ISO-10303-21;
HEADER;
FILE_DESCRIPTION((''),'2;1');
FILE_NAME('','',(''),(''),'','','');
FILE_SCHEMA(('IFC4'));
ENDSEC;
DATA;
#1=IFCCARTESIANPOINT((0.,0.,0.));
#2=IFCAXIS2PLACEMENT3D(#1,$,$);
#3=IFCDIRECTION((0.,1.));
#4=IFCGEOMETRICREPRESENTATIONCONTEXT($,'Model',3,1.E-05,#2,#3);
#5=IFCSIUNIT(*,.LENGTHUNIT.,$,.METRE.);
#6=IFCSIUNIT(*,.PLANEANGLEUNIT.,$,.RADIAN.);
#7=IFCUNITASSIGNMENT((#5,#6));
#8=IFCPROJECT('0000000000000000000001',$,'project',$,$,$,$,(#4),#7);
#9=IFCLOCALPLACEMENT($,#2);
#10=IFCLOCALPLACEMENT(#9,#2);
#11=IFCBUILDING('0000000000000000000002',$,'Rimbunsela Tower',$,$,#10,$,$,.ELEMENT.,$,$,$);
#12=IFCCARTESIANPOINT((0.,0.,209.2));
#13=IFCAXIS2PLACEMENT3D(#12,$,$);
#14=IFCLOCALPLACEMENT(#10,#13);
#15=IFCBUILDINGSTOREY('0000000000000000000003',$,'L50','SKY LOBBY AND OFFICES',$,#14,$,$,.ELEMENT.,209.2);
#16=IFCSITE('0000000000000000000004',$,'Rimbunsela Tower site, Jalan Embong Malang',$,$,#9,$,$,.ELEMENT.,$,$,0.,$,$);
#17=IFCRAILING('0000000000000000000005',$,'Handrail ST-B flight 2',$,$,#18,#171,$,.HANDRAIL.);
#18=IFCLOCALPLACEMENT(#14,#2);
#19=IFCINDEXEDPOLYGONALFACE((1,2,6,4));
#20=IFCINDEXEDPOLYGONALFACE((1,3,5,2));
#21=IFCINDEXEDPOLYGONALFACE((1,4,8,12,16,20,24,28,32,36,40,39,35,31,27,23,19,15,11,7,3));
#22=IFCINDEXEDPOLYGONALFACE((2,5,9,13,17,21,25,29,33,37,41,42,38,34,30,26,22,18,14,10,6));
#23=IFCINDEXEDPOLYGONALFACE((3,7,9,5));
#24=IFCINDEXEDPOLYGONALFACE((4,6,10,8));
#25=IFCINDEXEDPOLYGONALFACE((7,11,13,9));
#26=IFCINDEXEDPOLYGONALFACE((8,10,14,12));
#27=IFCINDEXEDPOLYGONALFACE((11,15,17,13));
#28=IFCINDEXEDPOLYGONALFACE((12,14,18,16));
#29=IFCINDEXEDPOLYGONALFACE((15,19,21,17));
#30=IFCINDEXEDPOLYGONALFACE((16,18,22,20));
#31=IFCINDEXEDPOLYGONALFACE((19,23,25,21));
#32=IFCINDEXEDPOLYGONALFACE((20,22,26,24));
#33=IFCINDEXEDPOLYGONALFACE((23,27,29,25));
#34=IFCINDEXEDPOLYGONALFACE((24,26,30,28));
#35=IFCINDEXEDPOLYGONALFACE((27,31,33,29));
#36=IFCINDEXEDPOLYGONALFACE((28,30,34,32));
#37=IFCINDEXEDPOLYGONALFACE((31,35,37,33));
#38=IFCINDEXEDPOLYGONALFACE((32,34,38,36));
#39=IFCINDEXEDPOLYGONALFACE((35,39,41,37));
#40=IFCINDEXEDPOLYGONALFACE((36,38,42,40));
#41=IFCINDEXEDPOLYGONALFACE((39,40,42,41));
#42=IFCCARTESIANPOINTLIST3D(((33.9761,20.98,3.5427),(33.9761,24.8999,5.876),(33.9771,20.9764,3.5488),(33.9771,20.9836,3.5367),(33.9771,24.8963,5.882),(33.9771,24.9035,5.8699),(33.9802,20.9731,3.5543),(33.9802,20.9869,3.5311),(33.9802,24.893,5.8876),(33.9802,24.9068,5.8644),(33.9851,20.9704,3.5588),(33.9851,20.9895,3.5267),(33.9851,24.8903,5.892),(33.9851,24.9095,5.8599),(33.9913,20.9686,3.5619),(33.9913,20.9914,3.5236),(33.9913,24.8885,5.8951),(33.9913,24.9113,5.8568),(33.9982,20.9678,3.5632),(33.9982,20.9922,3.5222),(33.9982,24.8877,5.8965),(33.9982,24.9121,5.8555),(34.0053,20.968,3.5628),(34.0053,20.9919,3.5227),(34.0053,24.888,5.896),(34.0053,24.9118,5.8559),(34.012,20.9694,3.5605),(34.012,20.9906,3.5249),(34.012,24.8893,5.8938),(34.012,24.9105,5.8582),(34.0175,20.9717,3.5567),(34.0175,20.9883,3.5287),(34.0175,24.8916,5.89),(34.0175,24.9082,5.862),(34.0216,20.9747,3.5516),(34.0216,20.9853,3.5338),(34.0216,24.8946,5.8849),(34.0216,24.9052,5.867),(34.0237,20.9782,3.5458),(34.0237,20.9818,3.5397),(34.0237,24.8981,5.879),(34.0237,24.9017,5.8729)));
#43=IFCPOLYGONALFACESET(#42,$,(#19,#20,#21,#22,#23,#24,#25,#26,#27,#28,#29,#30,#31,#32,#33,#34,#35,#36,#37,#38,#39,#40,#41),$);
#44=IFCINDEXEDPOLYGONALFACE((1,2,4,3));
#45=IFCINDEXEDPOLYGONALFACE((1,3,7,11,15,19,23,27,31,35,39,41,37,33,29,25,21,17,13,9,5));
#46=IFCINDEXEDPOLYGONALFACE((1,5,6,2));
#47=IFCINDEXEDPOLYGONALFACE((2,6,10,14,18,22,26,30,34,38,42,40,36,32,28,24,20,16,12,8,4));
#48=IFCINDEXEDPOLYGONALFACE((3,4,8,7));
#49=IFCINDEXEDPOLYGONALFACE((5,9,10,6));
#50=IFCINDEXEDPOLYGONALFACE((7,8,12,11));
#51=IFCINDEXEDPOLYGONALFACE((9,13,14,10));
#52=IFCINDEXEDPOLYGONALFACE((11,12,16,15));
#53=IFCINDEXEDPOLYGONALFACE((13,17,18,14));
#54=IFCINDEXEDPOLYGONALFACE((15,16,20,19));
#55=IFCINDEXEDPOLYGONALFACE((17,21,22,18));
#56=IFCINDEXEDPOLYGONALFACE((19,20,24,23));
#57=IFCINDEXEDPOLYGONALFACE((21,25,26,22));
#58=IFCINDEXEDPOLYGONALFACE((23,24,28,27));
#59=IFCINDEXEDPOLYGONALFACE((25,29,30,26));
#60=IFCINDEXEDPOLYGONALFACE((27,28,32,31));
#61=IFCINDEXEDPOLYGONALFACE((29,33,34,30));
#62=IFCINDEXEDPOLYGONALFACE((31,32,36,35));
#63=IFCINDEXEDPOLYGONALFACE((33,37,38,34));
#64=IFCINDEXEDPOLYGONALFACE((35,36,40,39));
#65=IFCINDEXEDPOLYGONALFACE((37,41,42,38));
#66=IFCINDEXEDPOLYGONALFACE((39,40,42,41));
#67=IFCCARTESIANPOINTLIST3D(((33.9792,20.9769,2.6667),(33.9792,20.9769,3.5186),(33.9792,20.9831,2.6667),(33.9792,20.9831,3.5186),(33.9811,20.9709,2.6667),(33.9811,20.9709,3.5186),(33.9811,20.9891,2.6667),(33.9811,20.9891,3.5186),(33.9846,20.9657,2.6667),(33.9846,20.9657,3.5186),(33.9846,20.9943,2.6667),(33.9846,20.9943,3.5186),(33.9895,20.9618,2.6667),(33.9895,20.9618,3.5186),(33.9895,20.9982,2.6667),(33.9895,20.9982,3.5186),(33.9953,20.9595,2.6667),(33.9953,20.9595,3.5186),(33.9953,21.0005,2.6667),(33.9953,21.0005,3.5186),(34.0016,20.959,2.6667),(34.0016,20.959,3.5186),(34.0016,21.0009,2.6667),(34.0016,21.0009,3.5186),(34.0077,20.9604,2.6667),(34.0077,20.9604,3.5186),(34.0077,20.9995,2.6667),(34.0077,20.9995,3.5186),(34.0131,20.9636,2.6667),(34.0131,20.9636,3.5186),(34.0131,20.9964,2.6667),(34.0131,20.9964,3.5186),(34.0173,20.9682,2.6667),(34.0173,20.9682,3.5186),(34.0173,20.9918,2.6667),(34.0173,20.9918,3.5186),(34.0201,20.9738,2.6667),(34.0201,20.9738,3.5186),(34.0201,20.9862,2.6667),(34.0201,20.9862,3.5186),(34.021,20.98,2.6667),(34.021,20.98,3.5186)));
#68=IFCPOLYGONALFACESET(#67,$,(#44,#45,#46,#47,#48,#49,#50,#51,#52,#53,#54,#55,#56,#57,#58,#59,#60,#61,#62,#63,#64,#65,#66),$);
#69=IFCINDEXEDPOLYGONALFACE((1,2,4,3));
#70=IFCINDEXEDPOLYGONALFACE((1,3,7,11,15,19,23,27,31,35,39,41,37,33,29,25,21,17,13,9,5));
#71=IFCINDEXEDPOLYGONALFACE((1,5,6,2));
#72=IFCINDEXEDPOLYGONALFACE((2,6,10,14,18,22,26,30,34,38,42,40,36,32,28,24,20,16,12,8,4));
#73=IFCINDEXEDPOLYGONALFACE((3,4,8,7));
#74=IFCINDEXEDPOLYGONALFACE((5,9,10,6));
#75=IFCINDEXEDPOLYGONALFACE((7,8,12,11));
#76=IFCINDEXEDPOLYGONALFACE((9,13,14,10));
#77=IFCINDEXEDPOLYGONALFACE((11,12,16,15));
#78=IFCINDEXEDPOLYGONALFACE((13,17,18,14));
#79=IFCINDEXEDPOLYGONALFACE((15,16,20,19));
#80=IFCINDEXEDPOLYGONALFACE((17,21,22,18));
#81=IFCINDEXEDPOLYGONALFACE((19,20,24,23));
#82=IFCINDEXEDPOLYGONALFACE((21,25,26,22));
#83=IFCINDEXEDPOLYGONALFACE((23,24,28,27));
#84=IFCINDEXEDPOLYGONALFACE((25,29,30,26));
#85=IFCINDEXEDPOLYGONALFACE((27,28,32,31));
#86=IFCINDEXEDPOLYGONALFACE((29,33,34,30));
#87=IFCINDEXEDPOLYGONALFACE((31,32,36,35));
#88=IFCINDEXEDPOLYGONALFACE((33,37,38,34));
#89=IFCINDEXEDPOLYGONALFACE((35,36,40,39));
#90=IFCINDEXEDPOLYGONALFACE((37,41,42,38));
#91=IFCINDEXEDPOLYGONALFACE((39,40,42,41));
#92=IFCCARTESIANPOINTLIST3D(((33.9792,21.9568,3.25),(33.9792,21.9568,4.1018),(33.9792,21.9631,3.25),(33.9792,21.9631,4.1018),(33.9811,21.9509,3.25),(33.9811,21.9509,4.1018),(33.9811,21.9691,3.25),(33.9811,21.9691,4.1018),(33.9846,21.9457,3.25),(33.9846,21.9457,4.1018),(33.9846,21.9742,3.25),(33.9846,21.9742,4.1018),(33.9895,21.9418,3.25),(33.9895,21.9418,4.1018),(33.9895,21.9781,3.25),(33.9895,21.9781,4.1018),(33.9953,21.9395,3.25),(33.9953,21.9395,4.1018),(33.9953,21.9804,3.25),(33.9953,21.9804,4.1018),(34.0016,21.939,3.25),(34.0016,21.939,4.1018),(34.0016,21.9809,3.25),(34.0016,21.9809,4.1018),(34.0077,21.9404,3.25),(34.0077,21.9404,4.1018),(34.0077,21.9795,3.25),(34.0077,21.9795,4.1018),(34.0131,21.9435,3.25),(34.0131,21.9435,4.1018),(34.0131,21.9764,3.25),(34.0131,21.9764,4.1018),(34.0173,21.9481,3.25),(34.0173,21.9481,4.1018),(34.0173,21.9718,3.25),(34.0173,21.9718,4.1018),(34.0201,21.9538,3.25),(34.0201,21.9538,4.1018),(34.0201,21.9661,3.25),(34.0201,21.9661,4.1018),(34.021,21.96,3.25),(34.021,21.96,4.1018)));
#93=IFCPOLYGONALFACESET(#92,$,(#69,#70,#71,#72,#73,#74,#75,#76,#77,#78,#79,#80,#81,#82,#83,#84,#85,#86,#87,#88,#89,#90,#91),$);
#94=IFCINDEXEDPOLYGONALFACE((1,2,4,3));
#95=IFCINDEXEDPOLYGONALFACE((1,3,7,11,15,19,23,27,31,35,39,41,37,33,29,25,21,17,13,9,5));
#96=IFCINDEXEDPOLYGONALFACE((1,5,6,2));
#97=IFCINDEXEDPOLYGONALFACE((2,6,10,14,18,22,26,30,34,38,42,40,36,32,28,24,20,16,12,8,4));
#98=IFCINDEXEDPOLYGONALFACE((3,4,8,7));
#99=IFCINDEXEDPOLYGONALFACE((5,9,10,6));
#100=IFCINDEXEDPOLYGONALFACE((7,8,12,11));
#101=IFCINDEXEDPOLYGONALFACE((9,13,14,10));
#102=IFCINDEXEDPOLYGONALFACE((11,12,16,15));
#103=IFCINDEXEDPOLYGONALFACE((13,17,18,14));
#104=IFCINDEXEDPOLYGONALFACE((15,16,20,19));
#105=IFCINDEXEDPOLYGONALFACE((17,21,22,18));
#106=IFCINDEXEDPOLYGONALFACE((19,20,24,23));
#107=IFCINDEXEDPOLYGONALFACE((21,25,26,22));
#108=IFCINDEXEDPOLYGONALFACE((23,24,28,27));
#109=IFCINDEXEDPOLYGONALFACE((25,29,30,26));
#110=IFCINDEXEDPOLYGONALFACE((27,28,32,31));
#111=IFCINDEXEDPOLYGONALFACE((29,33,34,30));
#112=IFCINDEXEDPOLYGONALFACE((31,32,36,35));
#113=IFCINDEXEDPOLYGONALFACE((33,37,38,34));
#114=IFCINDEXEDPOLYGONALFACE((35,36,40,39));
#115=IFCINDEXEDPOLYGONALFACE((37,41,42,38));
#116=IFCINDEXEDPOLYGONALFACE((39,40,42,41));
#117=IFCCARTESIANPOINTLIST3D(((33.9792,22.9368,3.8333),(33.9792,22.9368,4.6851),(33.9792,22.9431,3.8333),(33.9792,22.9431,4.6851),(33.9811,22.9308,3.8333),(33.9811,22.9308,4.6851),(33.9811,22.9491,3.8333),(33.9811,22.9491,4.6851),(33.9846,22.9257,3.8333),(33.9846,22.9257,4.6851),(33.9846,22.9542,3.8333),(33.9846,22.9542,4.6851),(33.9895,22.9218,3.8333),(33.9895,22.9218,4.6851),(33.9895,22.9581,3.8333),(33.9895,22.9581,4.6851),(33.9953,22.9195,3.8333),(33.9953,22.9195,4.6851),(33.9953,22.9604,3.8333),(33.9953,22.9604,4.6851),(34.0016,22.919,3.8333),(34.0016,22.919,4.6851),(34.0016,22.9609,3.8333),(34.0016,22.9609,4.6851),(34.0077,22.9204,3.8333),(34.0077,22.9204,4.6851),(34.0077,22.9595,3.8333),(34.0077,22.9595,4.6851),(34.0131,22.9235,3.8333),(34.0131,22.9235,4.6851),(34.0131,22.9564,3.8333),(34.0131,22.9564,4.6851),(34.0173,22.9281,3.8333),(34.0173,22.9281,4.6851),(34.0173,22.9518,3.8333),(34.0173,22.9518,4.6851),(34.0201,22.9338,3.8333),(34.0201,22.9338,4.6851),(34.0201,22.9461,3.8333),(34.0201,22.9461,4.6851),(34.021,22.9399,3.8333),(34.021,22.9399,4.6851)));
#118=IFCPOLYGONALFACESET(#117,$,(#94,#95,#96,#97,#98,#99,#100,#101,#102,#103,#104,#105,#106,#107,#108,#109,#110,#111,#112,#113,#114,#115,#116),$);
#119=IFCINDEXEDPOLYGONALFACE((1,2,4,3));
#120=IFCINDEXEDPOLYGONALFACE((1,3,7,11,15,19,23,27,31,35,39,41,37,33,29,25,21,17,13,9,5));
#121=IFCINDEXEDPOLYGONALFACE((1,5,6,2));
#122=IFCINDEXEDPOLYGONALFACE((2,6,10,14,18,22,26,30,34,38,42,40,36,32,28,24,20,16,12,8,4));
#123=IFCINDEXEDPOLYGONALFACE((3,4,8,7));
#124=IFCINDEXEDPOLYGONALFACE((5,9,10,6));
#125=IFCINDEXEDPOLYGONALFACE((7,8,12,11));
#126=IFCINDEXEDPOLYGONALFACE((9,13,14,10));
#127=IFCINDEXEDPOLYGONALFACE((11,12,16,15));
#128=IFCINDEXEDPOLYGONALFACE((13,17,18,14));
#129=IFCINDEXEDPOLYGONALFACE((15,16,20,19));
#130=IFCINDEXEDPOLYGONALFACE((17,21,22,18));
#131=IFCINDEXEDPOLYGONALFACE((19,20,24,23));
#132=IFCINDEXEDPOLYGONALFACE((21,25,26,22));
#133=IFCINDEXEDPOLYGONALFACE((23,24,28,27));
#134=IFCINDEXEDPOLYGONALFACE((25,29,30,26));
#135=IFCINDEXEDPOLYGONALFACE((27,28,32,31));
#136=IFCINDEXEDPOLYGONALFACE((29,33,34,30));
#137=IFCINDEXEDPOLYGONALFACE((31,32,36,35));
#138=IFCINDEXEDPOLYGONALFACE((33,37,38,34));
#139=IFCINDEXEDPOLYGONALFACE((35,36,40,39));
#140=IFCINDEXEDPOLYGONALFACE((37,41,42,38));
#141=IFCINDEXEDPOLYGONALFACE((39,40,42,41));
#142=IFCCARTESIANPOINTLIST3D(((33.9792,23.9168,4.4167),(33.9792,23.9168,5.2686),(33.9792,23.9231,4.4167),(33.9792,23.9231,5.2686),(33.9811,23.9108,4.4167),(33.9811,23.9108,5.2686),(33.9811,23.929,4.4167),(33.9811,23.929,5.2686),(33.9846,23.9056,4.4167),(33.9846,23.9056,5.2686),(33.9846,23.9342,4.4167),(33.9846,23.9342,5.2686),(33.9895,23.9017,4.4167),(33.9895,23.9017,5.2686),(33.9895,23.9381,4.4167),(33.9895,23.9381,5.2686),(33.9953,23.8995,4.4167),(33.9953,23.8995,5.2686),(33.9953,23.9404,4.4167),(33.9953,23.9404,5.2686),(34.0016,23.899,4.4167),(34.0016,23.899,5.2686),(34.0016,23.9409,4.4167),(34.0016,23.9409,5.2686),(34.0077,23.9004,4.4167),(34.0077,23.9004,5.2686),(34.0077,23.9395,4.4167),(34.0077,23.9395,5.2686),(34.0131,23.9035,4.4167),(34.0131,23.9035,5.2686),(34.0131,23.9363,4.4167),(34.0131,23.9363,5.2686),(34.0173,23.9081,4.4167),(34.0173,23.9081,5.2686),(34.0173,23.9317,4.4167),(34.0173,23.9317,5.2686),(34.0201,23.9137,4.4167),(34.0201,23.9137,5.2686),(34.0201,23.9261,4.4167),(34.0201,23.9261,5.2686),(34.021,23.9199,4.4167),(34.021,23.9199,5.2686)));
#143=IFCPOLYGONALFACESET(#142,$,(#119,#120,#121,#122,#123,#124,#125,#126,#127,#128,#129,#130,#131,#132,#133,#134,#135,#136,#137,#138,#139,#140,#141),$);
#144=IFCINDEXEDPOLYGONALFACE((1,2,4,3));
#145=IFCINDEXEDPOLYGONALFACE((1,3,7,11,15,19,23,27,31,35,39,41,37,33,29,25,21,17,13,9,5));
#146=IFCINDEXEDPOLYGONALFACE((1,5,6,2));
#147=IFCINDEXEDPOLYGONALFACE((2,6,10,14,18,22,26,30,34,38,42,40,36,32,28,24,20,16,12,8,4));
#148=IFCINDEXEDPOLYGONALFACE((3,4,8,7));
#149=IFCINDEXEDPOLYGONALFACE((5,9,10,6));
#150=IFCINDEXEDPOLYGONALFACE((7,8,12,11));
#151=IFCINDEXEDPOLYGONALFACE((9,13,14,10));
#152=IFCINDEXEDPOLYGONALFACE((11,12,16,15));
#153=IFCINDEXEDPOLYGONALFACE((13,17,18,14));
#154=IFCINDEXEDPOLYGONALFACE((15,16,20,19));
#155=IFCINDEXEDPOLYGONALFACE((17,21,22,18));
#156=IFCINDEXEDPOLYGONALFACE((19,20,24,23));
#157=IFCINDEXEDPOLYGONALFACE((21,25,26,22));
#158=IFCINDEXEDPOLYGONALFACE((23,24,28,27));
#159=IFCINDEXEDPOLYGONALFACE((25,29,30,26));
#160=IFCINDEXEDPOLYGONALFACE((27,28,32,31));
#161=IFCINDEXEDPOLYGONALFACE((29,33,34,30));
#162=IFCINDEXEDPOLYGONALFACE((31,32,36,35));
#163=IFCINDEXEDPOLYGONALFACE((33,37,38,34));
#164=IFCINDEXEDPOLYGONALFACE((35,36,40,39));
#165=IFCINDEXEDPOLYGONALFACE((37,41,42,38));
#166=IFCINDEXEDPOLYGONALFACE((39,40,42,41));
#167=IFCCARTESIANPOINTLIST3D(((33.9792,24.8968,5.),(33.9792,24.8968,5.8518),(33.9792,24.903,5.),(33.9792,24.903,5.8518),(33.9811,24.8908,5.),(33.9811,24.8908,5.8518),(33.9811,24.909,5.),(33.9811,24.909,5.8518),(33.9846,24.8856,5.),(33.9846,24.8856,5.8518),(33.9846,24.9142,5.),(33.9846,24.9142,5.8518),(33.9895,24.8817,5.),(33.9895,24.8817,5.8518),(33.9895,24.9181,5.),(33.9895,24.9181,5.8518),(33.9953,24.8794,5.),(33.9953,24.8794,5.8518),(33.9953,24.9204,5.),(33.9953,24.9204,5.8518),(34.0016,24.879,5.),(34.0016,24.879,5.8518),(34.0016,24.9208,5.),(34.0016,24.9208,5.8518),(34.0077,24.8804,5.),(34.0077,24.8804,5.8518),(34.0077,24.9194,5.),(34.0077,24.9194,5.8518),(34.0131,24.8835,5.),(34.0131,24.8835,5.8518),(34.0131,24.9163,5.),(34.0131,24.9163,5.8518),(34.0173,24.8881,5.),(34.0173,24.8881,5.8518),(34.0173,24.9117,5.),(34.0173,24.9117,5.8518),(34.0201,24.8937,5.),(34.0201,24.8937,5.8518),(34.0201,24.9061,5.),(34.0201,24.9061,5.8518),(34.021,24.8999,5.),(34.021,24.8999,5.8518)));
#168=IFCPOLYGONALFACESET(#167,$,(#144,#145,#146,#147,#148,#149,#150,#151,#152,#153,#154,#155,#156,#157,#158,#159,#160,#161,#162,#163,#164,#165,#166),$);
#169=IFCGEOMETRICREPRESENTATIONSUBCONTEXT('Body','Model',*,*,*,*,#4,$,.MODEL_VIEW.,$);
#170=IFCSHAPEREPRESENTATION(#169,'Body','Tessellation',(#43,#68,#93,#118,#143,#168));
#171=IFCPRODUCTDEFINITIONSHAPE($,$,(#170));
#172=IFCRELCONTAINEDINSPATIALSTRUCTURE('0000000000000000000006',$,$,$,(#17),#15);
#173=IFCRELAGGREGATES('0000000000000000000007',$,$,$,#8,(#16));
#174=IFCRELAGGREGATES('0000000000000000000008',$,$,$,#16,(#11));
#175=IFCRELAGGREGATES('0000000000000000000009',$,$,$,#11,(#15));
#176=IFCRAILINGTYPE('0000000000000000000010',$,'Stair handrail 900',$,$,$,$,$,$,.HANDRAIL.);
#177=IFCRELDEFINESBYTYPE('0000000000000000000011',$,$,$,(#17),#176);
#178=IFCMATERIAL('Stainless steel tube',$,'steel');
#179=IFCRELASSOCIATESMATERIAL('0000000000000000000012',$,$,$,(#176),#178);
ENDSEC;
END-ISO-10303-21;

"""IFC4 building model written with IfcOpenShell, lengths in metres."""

from ifc_helpers import new_model, si_unit, direction, frame, origin, origin_2d, place, context, subcontext, project, spatial, circle, extrude, material, type_object, element, save


model = new_model("IFC4")

# Units and contexts
model_context = context("Model", 3, precision=1e-05, world=origin(), true_north=direction((0.0, 1.0)))
body_context = subcontext(model_context, "Body", "Model", "MODEL_VIEW")
ifc_project = project(units=[si_unit("LENGTHUNIT", "METRE"), si_unit("PLANEANGLEUNIT", "RADIAN")], contexts=[model_context])

# Site, building, storey
site_placement = place(None, origin())
site = spatial("IfcSite", under=ifc_project, at=site_placement, Name="Rimbunsela Tower site, Jalan Embong Malang", CompositionType="ELEMENT", RefElevation=0.0)
building_placement = place(site_placement, origin())
building = spatial("IfcBuilding", under=site, at=building_placement, Name="Rimbunsela Tower", CompositionType="ELEMENT")
storey_placement = place(building_placement, frame((0.0, 0.0, 209.2)))
storey = spatial("IfcBuildingStorey", under=building, at=storey_placement, Name="L50", Description="SKY LOBBY AND OFFICES", CompositionType="ELEMENT", Elevation=209.2)

# Railing
ifc_material_1 = material(Name="Stainless steel tube", Category="steel")
railing_type = type_object("IfcRailingType", Name="Stair handrail 900", PredefinedType="HANDRAIL", material=ifc_material_1)
railing_1_placement = place(storey_placement, frame((34.0, 20.98, 2.6667)))
element("IfcRailing", 1, at=railing_1_placement, inside=storey, type_object=railing_type, Name="Handrail ST-B flight 2", PredefinedType="HANDRAIL", context=body_context, shape_type="SweptSolid", body=[
    extrude(circle(Radius=0.0239, at=origin_2d()), frame((0.0, 0.0, 0.876), z_axis=(0.0, 0.859296, 0.511478), x_axis=(-1.0, 0.0, 0.0)), (0.0, 0.0, 1.0), 4.5618),
    extrude(circle(Radius=0.021, at=origin_2d()), origin(), (0.0, 0.0, 1.0), 0.8518),
    extrude(circle(Radius=0.021, at=origin_2d()), frame((0.0, 0.98, 0.5833)), (0.0, 0.0, 1.0), 0.8518),
    extrude(circle(Radius=0.021, at=origin_2d()), frame((0.0, 1.96, 1.1665)), (0.0, 0.0, 1.0), 0.8518),
    extrude(circle(Radius=0.021, at=origin_2d()), frame((0.0, 2.9399, 1.75)), (0.0, 0.0, 1.0), 0.8518),
    extrude(circle(Radius=0.021, at=origin_2d()), frame((0.0, 3.9199, 2.3333)), (0.0, 0.0, 1.0), 0.8518),
])

save(model, "model.ifc")
